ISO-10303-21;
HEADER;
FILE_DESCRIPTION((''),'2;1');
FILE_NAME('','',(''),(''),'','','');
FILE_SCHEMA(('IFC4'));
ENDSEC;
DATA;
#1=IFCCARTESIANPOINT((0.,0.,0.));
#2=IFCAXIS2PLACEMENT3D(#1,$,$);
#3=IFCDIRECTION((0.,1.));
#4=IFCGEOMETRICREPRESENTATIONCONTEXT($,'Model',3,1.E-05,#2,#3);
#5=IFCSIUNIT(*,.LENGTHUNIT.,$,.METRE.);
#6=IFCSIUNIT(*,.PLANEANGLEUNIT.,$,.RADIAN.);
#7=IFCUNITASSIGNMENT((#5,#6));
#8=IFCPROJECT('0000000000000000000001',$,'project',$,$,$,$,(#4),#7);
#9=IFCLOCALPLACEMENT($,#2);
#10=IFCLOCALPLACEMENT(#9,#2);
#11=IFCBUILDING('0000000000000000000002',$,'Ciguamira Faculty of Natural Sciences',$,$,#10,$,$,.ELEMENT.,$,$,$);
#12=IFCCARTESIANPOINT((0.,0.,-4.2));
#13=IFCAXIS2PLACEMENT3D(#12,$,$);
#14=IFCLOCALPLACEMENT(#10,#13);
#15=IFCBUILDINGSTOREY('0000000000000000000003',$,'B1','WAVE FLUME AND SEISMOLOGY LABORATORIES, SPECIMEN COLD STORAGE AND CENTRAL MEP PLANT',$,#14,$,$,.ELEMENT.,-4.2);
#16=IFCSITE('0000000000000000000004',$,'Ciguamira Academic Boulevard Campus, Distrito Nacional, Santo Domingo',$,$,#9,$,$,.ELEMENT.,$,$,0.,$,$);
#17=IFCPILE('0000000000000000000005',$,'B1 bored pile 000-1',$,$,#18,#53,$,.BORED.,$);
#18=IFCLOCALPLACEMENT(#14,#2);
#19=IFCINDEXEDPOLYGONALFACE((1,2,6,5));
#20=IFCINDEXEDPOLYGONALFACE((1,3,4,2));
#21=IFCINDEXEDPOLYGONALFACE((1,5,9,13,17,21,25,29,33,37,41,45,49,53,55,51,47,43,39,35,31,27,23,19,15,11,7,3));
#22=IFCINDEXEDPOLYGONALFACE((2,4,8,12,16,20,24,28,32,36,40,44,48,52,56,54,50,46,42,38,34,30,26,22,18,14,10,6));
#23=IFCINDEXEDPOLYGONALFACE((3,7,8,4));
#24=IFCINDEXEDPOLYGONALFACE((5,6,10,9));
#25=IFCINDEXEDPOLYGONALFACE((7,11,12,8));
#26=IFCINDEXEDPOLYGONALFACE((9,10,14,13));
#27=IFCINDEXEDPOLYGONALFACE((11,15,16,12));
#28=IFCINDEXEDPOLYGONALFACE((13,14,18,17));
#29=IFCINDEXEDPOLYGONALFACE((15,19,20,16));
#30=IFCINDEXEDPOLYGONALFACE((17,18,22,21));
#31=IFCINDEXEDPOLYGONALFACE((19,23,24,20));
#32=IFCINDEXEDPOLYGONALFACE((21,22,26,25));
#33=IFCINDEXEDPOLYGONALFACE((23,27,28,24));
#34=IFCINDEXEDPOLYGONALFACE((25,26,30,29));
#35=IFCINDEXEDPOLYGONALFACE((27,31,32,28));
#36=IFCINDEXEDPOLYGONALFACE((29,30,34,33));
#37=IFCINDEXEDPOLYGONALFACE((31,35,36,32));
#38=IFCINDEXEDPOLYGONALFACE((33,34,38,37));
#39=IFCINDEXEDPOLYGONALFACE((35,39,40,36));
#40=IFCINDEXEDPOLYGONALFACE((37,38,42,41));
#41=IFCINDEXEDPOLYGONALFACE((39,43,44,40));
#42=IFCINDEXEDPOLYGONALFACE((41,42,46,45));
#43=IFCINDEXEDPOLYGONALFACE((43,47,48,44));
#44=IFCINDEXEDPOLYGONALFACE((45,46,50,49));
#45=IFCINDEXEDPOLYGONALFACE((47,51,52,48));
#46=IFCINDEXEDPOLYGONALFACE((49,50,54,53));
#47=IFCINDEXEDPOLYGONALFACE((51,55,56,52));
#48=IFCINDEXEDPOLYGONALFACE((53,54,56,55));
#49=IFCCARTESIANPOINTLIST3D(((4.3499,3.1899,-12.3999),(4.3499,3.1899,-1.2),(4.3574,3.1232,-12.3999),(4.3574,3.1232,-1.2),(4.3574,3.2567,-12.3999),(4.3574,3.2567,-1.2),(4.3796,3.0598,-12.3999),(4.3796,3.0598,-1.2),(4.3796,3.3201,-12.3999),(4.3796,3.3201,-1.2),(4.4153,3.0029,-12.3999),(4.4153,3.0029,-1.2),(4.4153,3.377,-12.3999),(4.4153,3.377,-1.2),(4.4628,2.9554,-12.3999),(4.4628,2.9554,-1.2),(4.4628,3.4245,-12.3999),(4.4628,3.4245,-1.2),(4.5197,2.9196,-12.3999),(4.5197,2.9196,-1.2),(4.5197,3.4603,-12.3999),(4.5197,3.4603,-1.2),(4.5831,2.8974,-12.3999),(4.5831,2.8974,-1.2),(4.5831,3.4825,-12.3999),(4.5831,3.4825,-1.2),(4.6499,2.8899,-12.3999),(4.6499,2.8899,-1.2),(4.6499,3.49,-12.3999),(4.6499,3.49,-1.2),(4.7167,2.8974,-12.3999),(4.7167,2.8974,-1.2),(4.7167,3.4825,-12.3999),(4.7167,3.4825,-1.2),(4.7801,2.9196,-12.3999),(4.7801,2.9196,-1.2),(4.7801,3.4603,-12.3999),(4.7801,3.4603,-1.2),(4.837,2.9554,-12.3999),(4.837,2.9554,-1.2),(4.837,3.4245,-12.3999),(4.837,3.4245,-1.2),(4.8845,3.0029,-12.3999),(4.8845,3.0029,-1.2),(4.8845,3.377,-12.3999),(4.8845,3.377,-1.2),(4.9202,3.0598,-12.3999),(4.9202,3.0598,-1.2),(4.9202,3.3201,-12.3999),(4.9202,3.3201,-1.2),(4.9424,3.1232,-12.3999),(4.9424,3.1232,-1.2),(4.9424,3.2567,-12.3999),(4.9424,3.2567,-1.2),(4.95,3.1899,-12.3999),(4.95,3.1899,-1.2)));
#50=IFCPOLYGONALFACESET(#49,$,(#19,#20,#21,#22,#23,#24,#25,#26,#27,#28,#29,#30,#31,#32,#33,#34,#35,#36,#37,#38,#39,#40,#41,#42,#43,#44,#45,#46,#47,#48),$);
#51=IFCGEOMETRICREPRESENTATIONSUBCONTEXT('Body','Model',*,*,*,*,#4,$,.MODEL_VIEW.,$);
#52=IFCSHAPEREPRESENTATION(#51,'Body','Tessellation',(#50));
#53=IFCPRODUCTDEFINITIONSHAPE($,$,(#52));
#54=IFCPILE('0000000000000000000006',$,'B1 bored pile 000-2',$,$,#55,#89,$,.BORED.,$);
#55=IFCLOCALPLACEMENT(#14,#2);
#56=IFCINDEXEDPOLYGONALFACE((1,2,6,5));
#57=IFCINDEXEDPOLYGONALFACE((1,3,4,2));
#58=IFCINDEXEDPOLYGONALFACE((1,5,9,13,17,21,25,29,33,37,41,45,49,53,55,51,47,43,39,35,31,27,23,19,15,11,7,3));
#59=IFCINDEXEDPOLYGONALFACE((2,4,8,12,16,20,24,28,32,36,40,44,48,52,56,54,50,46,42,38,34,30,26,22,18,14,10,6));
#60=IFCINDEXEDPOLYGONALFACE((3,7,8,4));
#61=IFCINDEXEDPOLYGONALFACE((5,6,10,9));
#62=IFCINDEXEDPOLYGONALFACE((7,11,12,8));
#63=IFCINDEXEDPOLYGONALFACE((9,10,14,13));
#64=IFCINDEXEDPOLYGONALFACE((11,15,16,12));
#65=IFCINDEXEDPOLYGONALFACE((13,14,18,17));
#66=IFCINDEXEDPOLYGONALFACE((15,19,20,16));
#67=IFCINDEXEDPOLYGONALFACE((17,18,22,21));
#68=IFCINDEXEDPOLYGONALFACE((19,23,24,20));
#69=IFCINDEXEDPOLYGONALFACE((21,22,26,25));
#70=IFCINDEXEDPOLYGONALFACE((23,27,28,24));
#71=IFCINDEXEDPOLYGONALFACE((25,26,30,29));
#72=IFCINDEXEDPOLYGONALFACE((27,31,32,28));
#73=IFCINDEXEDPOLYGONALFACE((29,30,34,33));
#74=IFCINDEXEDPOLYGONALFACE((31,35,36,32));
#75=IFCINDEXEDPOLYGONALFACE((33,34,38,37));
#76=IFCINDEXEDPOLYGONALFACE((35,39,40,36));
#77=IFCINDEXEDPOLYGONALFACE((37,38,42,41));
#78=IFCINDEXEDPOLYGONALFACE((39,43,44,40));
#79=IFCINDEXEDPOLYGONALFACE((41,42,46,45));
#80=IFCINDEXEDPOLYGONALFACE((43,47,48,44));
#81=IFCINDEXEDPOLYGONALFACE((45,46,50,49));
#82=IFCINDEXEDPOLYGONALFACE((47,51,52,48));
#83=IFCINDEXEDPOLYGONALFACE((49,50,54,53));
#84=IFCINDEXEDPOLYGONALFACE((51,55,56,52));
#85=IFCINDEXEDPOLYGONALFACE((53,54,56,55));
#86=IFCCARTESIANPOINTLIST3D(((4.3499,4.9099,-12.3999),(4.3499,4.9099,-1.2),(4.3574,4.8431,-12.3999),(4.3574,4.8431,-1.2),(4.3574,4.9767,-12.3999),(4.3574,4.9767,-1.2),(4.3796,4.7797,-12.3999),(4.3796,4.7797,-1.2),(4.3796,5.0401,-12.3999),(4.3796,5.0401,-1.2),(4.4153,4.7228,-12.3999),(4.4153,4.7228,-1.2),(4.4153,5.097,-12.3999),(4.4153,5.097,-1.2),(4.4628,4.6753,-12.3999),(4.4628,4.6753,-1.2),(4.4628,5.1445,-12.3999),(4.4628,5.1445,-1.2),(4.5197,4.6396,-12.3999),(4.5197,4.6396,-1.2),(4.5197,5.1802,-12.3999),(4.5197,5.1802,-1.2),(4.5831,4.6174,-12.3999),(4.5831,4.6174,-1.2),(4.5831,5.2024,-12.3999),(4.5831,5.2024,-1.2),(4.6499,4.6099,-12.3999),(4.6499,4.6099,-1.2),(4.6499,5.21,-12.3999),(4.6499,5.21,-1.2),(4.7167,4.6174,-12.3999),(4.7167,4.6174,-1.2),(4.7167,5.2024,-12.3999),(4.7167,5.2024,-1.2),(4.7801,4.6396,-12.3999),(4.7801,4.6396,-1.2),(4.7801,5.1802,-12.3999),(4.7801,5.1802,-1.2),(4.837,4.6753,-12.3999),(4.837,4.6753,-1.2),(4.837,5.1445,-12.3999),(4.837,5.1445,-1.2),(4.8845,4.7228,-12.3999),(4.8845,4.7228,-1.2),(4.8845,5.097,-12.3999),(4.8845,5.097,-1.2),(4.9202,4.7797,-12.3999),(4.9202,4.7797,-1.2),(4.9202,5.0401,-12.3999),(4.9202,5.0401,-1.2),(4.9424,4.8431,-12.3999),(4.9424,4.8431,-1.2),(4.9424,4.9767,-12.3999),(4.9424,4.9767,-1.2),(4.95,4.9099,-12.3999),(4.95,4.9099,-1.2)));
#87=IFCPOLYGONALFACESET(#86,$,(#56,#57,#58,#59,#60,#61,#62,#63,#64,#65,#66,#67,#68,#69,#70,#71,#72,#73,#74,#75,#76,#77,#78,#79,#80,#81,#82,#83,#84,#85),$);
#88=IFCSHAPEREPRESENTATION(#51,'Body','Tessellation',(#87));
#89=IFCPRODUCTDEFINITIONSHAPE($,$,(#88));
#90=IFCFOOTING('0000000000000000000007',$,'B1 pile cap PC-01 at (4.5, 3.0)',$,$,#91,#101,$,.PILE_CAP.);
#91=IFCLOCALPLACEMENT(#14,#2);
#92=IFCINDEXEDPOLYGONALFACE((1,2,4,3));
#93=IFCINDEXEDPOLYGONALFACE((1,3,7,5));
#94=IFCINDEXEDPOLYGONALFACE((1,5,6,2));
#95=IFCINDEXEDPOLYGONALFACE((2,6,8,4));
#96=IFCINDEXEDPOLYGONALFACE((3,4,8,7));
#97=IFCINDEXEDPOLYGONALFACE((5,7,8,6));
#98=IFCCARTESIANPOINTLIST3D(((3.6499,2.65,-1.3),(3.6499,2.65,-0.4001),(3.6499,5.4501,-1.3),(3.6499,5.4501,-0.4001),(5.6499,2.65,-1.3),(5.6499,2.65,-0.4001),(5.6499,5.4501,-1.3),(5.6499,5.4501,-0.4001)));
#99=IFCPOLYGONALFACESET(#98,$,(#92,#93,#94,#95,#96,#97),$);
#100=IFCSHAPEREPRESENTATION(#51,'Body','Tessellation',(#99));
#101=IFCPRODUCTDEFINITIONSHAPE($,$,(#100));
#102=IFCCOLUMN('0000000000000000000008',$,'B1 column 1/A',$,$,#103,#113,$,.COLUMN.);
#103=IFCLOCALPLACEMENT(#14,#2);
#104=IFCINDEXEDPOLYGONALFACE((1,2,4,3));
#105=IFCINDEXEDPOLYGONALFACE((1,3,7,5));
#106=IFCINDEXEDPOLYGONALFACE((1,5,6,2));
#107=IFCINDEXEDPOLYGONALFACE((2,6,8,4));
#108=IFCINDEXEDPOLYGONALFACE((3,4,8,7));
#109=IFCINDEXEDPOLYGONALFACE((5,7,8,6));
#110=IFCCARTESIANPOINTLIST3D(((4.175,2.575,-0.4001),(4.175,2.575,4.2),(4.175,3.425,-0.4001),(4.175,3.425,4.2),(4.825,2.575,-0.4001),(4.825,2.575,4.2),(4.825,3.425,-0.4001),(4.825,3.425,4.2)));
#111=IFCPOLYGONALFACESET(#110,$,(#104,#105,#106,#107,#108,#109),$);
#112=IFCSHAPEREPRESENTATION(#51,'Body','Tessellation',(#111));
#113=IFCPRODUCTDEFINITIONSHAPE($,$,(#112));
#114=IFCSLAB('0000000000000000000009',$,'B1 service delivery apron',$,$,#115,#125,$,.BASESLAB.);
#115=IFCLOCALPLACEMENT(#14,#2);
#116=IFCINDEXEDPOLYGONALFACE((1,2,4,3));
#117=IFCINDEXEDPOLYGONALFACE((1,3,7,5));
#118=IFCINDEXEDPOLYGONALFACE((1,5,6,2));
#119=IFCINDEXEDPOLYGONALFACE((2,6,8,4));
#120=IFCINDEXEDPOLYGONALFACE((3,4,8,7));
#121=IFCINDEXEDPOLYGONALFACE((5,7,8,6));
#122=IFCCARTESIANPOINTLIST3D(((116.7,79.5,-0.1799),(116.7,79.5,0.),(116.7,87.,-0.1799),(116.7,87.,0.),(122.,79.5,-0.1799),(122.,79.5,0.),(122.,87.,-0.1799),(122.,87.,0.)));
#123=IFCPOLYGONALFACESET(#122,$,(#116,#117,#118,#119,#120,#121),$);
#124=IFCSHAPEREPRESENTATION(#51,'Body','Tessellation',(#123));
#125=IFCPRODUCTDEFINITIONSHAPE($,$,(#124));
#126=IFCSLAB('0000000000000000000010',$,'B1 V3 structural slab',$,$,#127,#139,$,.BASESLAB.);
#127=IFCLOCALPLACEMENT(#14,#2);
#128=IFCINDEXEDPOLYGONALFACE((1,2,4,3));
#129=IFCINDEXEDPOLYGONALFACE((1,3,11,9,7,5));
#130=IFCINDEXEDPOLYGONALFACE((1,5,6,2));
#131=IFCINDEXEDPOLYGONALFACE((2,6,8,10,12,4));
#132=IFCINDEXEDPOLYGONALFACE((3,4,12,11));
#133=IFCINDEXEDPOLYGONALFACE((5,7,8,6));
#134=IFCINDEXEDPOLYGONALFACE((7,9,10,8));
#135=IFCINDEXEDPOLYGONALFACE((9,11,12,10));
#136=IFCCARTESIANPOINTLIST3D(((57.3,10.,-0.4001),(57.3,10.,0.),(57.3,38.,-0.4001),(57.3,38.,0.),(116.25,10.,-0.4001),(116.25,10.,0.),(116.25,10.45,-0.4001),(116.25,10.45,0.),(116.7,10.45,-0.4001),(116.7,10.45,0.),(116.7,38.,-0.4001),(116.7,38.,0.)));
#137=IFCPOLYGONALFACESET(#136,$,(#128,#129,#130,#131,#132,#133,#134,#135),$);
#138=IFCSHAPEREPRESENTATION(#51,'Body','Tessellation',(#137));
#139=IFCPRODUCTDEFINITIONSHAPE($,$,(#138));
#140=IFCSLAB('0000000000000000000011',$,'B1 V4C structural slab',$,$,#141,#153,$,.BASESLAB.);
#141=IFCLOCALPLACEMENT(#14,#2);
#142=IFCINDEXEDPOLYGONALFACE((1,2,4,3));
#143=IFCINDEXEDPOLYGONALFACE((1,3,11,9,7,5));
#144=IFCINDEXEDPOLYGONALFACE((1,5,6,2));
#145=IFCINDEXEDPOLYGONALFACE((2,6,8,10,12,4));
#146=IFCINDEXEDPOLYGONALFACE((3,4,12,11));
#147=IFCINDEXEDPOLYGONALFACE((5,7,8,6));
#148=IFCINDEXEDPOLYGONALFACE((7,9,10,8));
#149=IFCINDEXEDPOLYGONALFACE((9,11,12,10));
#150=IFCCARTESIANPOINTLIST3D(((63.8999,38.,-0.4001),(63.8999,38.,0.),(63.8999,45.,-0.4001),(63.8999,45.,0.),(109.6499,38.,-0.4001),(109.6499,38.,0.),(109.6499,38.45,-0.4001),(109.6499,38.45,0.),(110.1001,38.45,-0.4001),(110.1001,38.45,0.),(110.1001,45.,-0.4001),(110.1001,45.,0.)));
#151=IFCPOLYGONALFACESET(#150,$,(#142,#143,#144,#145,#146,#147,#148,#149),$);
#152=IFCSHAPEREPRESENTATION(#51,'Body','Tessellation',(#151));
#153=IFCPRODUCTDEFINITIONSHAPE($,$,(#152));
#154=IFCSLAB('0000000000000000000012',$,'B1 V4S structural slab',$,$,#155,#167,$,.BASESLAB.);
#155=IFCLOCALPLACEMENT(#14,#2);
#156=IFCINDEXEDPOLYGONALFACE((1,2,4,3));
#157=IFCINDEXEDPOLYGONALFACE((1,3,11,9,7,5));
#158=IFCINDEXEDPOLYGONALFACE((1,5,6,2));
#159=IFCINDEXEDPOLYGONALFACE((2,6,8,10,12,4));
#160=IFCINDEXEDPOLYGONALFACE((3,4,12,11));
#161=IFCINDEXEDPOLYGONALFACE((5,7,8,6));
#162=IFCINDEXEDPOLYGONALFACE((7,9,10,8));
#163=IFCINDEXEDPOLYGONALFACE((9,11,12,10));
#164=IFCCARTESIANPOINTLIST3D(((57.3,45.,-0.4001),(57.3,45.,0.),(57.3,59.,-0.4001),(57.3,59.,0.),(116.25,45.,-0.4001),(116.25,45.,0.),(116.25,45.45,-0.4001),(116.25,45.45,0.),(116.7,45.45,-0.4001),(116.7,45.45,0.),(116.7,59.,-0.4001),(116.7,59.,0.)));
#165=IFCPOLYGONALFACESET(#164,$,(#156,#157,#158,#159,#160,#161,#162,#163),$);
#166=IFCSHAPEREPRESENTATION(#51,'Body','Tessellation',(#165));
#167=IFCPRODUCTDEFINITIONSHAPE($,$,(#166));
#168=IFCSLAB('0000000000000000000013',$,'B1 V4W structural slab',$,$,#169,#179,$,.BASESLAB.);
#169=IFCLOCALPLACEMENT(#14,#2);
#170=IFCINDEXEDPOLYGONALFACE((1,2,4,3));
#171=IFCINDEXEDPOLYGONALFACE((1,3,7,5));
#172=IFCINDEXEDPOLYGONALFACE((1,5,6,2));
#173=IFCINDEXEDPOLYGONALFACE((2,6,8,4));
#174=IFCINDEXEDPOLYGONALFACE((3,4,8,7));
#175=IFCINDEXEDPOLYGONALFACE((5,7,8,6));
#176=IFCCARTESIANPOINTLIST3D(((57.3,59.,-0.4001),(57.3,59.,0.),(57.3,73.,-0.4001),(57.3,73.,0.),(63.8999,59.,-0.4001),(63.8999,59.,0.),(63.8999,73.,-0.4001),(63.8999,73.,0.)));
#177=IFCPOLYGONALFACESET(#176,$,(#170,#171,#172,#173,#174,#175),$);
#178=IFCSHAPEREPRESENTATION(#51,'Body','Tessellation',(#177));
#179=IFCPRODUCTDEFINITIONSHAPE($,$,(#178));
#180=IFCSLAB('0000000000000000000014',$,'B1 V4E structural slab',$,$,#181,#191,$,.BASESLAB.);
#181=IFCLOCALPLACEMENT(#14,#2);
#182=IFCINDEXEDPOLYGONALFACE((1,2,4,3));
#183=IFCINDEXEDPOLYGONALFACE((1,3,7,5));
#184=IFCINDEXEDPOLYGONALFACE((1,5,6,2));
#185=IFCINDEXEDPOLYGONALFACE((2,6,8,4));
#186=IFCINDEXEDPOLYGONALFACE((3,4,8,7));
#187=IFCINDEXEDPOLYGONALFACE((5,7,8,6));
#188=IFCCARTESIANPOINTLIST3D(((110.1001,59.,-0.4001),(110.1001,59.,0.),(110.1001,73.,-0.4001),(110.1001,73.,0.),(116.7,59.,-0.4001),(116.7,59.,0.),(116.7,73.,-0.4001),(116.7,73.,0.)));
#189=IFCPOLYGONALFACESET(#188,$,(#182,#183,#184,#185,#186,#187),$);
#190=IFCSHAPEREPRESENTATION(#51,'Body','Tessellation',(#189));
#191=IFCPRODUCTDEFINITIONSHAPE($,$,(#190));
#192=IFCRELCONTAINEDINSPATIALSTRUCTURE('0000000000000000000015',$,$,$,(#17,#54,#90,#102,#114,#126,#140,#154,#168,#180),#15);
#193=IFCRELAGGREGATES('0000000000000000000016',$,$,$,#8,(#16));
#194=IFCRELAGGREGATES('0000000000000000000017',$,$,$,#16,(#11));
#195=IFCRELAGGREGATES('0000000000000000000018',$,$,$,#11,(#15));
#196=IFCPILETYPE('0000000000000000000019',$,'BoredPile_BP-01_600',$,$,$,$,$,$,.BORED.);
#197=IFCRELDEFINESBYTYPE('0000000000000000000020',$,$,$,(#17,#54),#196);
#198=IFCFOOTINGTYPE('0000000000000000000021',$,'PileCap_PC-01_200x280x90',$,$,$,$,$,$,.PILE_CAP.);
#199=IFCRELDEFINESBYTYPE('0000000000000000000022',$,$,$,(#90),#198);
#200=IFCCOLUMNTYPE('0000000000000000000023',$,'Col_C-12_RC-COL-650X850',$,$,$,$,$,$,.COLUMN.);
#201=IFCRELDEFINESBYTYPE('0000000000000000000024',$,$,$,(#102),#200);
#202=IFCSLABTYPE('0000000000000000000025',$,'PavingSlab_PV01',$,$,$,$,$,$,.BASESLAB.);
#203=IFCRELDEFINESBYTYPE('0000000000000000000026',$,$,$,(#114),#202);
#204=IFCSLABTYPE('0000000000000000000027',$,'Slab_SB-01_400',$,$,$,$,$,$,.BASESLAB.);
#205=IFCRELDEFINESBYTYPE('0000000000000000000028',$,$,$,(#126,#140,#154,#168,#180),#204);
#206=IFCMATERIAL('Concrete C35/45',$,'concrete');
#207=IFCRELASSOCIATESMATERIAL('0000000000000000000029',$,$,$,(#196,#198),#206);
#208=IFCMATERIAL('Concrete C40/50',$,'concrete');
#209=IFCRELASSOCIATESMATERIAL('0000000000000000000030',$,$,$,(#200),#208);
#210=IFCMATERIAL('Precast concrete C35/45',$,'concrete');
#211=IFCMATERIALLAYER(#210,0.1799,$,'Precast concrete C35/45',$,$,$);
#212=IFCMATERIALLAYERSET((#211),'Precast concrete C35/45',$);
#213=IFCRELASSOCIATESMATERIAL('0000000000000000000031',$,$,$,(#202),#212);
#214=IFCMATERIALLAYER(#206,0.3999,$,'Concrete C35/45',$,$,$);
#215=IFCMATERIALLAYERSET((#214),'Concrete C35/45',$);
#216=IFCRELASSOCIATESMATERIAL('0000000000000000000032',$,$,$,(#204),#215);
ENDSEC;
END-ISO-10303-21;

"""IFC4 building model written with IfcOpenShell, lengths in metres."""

from ifc_helpers import new_model, si_unit, direction, frame, origin, origin_2d, place, context, subcontext, project, spatial, polyline, rectangle, circle, outline, extrude, material, layer, layer_set, material_profile, profile_set, type_object, element, save


model = new_model("IFC4")

# Units and contexts
model_context = context("Model", 3, precision=1e-05, world=origin(), true_north=direction((0.0, 1.0)))
body_context = subcontext(model_context, "Body", "Model", "MODEL_VIEW")
ifc_project = project(units=[si_unit("LENGTHUNIT", "METRE"), si_unit("PLANEANGLEUNIT", "RADIAN")], contexts=[model_context])

# Site, building, storey
site_placement = place(None, origin())
site = spatial("IfcSite", under=ifc_project, at=site_placement, Name="Ciguamira Academic Boulevard Campus, Distrito Nacional, Santo Domingo", CompositionType="ELEMENT", RefElevation=0.0)
building_placement = place(site_placement, origin())
building = spatial("IfcBuilding", under=site, at=building_placement, Name="Ciguamira Faculty of Natural Sciences", CompositionType="ELEMENT")
storey_placement = place(building_placement, frame((0.0, 0.0, -4.2)))
storey = spatial("IfcBuildingStorey", under=building, at=storey_placement, Name="B1", Description="WAVE FLUME AND SEISMOLOGY LABORATORIES, SPECIMEN COLD STORAGE AND CENTRAL MEP PLANT", CompositionType="ELEMENT", Elevation=-4.2)

# Piles
ifc_material_1 = material(Name="Concrete C35/45", Category="concrete")
ifc_material_profile_1 = material_profile(ifc_material_1, circle(Radius=0.3, at=origin_2d()), Name="PILE-BORED-600")
ifc_profile_set_1 = profile_set([ifc_material_profile_1], Name="Concrete C35/45")
pile_type = type_object("IfcPileType", Name="BoredPile_BP-01_600", PredefinedType="BORED", material=ifc_profile_set_1)
for number, where, z_axis, x_axis, name in (
    (1, (4.6499, 3.1899, -1.2), (0.0, 0.0, -1.0), (1.0, 0.0, 0.0), "B1 bored pile 000-1"),
    (2, (4.6499, 4.9099, -1.2), (0.0, 0.0, -1.0), (1.0, 0.0, 0.0), "B1 bored pile 000-2"),
):
    element("IfcPile", number, at=place(storey_placement, frame(where, z_axis=z_axis, x_axis=x_axis)), inside=storey, type_object=pile_type, Name=name, PredefinedType="BORED", context=body_context, shape_type="SweptSolid", body=[
        extrude(circle(Radius=0.3, at=origin_2d()), origin(), (0.0, 0.0, 1.0), 11.2),
    ])

# Footing
footing_type = type_object("IfcFootingType", Name="PileCap_PC-01_200x280x90", PredefinedType="PILE_CAP", material=ifc_material_1)
footing_placement = place(storey_placement, frame((4.6499, 4.05, -1.3), z_axis=(0.0, 0.0, 1.0), x_axis=(1.0, 0.0, 0.0)))
element("IfcFooting", 3, at=footing_placement, inside=storey, type_object=footing_type, Name="B1 pile cap PC-01 at (4.5, 3.0)", PredefinedType="PILE_CAP", context=body_context, shape_type="SweptSolid", body=[
    extrude(rectangle(XDim=2.0, YDim=2.8, at=origin_2d()), origin(), (0.0, 0.0, 1.0), 0.8999),
])

# Column
ifc_material_2 = material(Name="Concrete C40/50", Category="concrete")
ifc_material_profile_2 = material_profile(ifc_material_2, rectangle(XDim=0.6499, YDim=0.8501, at=origin_2d()), Name="RC-COL-650X850")
ifc_profile_set_2 = profile_set([ifc_material_profile_2], Name="Concrete C40/50")
column_type = type_object("IfcColumnType", Name="Col_C-12_RC-COL-650X850", PredefinedType="COLUMN", material=ifc_profile_set_2)
column_placement = place(storey_placement, frame((4.5, 3.0, -0.4001), z_axis=(0.0, 0.0, 1.0), x_axis=(1.0, 0.0, 0.0)))
element("IfcColumn", 4, at=column_placement, inside=storey, type_object=column_type, Name="B1 column 1/A", PredefinedType="COLUMN", context=body_context, shape_type="SweptSolid", body=[
    extrude(rectangle(XDim=0.6499, YDim=0.8501, at=origin_2d()), origin(), (0.0, 0.0, 1.0), 4.6001),
])

# Slabs
ifc_material_3 = material(Name="Precast concrete C35/45", Category="concrete")
ifc_layer_1 = layer(ifc_material_3, 0.1799, Name="Precast concrete C35/45")
ifc_layer_set_1 = layer_set([ifc_layer_1], Name="Precast concrete C35/45")
slab_type_1 = type_object("IfcSlabType", Name="PavingSlab_PV01", PredefinedType="BASESLAB", material=ifc_layer_set_1)
slab_1_placement = place(storey_placement, frame((0.0, 0.0, -0.1799)))
element("IfcSlab", 5, at=slab_1_placement, inside=storey, type_object=slab_type_1, Name="B1 service delivery apron", PredefinedType="BASESLAB", context=body_context, shape_type="SweptSolid", body=[
    extrude(outline(polyline([(116.7, 79.5), (122.0, 79.5), (122.0, 87.0), (116.7, 87.0), (116.7, 79.5)])), origin(), (0.0, 0.0, 1.0), 0.1799),
])
ifc_layer_2 = layer(ifc_material_1, 0.3999, Name="Concrete C35/45")
ifc_layer_set_2 = layer_set([ifc_layer_2], Name="Concrete C35/45")
slab_type_2 = type_object("IfcSlabType", Name="Slab_SB-01_400", PredefinedType="BASESLAB", material=ifc_layer_set_2)
slab_2_placement = place(storey_placement, frame((0.0, 0.0, -0.4001)))
element("IfcSlab", 6, at=slab_2_placement, inside=storey, type_object=slab_type_2, Name="B1 V3 structural slab", PredefinedType="BASESLAB", context=body_context, shape_type="SweptSolid", body=[
    extrude(outline(polyline([(57.3, 10.0), (116.25, 10.0), (116.25, 10.45), (116.7, 10.45), (116.7, 38.0), (57.3, 38.0), (57.3, 10.0)])), origin(), (0.0, 0.0, 1.0), 0.4001),
])
slab_3_placement = place(storey_placement, frame((0.0, 0.0, -0.4001)))
element("IfcSlab", 7, at=slab_3_placement, inside=storey, type_object=slab_type_2, Name="B1 V4C structural slab", PredefinedType="BASESLAB", context=body_context, shape_type="SweptSolid", body=[
    extrude(outline(polyline([(63.8999, 38.0), (109.6499, 38.0), (109.6499, 38.45), (110.1001, 38.45), (110.1001, 45.0), (63.8999, 45.0), (63.8999, 38.0)])), origin(), (0.0, 0.0, 1.0), 0.4001),
])
slab_4_placement = place(storey_placement, frame((0.0, 0.0, -0.4001)))
element("IfcSlab", 8, at=slab_4_placement, inside=storey, type_object=slab_type_2, Name="B1 V4S structural slab", PredefinedType="BASESLAB", context=body_context, shape_type="SweptSolid", body=[
    extrude(outline(polyline([(57.3, 45.0), (116.25, 45.0), (116.25, 45.45), (116.7, 45.45), (116.7, 59.0), (57.3, 59.0), (57.3, 45.0)])), origin(), (0.0, 0.0, 1.0), 0.4001),
])
slab_5_placement = place(storey_placement, frame((0.0, 0.0, -0.4001)))
element("IfcSlab", 9, at=slab_5_placement, inside=storey, type_object=slab_type_2, Name="B1 V4W structural slab", PredefinedType="BASESLAB", context=body_context, shape_type="SweptSolid", body=[
    extrude(outline(polyline([(57.3, 59.0), (63.8999, 59.0), (63.8999, 73.0), (57.3, 73.0), (57.3, 59.0)])), origin(), (0.0, 0.0, 1.0), 0.4001),
])
slab_6_placement = place(storey_placement, frame((0.0, 0.0, -0.4001)))
element("IfcSlab", 10, at=slab_6_placement, inside=storey, type_object=slab_type_2, Name="B1 V4E structural slab", PredefinedType="BASESLAB", context=body_context, shape_type="SweptSolid", body=[
    extrude(outline(polyline([(110.1001, 59.0), (116.7, 59.0), (116.7, 73.0), (110.1001, 73.0), (110.1001, 59.0)])), origin(), (0.0, 0.0, 1.0), 0.4001),
])

save(model, "model.ifc")
